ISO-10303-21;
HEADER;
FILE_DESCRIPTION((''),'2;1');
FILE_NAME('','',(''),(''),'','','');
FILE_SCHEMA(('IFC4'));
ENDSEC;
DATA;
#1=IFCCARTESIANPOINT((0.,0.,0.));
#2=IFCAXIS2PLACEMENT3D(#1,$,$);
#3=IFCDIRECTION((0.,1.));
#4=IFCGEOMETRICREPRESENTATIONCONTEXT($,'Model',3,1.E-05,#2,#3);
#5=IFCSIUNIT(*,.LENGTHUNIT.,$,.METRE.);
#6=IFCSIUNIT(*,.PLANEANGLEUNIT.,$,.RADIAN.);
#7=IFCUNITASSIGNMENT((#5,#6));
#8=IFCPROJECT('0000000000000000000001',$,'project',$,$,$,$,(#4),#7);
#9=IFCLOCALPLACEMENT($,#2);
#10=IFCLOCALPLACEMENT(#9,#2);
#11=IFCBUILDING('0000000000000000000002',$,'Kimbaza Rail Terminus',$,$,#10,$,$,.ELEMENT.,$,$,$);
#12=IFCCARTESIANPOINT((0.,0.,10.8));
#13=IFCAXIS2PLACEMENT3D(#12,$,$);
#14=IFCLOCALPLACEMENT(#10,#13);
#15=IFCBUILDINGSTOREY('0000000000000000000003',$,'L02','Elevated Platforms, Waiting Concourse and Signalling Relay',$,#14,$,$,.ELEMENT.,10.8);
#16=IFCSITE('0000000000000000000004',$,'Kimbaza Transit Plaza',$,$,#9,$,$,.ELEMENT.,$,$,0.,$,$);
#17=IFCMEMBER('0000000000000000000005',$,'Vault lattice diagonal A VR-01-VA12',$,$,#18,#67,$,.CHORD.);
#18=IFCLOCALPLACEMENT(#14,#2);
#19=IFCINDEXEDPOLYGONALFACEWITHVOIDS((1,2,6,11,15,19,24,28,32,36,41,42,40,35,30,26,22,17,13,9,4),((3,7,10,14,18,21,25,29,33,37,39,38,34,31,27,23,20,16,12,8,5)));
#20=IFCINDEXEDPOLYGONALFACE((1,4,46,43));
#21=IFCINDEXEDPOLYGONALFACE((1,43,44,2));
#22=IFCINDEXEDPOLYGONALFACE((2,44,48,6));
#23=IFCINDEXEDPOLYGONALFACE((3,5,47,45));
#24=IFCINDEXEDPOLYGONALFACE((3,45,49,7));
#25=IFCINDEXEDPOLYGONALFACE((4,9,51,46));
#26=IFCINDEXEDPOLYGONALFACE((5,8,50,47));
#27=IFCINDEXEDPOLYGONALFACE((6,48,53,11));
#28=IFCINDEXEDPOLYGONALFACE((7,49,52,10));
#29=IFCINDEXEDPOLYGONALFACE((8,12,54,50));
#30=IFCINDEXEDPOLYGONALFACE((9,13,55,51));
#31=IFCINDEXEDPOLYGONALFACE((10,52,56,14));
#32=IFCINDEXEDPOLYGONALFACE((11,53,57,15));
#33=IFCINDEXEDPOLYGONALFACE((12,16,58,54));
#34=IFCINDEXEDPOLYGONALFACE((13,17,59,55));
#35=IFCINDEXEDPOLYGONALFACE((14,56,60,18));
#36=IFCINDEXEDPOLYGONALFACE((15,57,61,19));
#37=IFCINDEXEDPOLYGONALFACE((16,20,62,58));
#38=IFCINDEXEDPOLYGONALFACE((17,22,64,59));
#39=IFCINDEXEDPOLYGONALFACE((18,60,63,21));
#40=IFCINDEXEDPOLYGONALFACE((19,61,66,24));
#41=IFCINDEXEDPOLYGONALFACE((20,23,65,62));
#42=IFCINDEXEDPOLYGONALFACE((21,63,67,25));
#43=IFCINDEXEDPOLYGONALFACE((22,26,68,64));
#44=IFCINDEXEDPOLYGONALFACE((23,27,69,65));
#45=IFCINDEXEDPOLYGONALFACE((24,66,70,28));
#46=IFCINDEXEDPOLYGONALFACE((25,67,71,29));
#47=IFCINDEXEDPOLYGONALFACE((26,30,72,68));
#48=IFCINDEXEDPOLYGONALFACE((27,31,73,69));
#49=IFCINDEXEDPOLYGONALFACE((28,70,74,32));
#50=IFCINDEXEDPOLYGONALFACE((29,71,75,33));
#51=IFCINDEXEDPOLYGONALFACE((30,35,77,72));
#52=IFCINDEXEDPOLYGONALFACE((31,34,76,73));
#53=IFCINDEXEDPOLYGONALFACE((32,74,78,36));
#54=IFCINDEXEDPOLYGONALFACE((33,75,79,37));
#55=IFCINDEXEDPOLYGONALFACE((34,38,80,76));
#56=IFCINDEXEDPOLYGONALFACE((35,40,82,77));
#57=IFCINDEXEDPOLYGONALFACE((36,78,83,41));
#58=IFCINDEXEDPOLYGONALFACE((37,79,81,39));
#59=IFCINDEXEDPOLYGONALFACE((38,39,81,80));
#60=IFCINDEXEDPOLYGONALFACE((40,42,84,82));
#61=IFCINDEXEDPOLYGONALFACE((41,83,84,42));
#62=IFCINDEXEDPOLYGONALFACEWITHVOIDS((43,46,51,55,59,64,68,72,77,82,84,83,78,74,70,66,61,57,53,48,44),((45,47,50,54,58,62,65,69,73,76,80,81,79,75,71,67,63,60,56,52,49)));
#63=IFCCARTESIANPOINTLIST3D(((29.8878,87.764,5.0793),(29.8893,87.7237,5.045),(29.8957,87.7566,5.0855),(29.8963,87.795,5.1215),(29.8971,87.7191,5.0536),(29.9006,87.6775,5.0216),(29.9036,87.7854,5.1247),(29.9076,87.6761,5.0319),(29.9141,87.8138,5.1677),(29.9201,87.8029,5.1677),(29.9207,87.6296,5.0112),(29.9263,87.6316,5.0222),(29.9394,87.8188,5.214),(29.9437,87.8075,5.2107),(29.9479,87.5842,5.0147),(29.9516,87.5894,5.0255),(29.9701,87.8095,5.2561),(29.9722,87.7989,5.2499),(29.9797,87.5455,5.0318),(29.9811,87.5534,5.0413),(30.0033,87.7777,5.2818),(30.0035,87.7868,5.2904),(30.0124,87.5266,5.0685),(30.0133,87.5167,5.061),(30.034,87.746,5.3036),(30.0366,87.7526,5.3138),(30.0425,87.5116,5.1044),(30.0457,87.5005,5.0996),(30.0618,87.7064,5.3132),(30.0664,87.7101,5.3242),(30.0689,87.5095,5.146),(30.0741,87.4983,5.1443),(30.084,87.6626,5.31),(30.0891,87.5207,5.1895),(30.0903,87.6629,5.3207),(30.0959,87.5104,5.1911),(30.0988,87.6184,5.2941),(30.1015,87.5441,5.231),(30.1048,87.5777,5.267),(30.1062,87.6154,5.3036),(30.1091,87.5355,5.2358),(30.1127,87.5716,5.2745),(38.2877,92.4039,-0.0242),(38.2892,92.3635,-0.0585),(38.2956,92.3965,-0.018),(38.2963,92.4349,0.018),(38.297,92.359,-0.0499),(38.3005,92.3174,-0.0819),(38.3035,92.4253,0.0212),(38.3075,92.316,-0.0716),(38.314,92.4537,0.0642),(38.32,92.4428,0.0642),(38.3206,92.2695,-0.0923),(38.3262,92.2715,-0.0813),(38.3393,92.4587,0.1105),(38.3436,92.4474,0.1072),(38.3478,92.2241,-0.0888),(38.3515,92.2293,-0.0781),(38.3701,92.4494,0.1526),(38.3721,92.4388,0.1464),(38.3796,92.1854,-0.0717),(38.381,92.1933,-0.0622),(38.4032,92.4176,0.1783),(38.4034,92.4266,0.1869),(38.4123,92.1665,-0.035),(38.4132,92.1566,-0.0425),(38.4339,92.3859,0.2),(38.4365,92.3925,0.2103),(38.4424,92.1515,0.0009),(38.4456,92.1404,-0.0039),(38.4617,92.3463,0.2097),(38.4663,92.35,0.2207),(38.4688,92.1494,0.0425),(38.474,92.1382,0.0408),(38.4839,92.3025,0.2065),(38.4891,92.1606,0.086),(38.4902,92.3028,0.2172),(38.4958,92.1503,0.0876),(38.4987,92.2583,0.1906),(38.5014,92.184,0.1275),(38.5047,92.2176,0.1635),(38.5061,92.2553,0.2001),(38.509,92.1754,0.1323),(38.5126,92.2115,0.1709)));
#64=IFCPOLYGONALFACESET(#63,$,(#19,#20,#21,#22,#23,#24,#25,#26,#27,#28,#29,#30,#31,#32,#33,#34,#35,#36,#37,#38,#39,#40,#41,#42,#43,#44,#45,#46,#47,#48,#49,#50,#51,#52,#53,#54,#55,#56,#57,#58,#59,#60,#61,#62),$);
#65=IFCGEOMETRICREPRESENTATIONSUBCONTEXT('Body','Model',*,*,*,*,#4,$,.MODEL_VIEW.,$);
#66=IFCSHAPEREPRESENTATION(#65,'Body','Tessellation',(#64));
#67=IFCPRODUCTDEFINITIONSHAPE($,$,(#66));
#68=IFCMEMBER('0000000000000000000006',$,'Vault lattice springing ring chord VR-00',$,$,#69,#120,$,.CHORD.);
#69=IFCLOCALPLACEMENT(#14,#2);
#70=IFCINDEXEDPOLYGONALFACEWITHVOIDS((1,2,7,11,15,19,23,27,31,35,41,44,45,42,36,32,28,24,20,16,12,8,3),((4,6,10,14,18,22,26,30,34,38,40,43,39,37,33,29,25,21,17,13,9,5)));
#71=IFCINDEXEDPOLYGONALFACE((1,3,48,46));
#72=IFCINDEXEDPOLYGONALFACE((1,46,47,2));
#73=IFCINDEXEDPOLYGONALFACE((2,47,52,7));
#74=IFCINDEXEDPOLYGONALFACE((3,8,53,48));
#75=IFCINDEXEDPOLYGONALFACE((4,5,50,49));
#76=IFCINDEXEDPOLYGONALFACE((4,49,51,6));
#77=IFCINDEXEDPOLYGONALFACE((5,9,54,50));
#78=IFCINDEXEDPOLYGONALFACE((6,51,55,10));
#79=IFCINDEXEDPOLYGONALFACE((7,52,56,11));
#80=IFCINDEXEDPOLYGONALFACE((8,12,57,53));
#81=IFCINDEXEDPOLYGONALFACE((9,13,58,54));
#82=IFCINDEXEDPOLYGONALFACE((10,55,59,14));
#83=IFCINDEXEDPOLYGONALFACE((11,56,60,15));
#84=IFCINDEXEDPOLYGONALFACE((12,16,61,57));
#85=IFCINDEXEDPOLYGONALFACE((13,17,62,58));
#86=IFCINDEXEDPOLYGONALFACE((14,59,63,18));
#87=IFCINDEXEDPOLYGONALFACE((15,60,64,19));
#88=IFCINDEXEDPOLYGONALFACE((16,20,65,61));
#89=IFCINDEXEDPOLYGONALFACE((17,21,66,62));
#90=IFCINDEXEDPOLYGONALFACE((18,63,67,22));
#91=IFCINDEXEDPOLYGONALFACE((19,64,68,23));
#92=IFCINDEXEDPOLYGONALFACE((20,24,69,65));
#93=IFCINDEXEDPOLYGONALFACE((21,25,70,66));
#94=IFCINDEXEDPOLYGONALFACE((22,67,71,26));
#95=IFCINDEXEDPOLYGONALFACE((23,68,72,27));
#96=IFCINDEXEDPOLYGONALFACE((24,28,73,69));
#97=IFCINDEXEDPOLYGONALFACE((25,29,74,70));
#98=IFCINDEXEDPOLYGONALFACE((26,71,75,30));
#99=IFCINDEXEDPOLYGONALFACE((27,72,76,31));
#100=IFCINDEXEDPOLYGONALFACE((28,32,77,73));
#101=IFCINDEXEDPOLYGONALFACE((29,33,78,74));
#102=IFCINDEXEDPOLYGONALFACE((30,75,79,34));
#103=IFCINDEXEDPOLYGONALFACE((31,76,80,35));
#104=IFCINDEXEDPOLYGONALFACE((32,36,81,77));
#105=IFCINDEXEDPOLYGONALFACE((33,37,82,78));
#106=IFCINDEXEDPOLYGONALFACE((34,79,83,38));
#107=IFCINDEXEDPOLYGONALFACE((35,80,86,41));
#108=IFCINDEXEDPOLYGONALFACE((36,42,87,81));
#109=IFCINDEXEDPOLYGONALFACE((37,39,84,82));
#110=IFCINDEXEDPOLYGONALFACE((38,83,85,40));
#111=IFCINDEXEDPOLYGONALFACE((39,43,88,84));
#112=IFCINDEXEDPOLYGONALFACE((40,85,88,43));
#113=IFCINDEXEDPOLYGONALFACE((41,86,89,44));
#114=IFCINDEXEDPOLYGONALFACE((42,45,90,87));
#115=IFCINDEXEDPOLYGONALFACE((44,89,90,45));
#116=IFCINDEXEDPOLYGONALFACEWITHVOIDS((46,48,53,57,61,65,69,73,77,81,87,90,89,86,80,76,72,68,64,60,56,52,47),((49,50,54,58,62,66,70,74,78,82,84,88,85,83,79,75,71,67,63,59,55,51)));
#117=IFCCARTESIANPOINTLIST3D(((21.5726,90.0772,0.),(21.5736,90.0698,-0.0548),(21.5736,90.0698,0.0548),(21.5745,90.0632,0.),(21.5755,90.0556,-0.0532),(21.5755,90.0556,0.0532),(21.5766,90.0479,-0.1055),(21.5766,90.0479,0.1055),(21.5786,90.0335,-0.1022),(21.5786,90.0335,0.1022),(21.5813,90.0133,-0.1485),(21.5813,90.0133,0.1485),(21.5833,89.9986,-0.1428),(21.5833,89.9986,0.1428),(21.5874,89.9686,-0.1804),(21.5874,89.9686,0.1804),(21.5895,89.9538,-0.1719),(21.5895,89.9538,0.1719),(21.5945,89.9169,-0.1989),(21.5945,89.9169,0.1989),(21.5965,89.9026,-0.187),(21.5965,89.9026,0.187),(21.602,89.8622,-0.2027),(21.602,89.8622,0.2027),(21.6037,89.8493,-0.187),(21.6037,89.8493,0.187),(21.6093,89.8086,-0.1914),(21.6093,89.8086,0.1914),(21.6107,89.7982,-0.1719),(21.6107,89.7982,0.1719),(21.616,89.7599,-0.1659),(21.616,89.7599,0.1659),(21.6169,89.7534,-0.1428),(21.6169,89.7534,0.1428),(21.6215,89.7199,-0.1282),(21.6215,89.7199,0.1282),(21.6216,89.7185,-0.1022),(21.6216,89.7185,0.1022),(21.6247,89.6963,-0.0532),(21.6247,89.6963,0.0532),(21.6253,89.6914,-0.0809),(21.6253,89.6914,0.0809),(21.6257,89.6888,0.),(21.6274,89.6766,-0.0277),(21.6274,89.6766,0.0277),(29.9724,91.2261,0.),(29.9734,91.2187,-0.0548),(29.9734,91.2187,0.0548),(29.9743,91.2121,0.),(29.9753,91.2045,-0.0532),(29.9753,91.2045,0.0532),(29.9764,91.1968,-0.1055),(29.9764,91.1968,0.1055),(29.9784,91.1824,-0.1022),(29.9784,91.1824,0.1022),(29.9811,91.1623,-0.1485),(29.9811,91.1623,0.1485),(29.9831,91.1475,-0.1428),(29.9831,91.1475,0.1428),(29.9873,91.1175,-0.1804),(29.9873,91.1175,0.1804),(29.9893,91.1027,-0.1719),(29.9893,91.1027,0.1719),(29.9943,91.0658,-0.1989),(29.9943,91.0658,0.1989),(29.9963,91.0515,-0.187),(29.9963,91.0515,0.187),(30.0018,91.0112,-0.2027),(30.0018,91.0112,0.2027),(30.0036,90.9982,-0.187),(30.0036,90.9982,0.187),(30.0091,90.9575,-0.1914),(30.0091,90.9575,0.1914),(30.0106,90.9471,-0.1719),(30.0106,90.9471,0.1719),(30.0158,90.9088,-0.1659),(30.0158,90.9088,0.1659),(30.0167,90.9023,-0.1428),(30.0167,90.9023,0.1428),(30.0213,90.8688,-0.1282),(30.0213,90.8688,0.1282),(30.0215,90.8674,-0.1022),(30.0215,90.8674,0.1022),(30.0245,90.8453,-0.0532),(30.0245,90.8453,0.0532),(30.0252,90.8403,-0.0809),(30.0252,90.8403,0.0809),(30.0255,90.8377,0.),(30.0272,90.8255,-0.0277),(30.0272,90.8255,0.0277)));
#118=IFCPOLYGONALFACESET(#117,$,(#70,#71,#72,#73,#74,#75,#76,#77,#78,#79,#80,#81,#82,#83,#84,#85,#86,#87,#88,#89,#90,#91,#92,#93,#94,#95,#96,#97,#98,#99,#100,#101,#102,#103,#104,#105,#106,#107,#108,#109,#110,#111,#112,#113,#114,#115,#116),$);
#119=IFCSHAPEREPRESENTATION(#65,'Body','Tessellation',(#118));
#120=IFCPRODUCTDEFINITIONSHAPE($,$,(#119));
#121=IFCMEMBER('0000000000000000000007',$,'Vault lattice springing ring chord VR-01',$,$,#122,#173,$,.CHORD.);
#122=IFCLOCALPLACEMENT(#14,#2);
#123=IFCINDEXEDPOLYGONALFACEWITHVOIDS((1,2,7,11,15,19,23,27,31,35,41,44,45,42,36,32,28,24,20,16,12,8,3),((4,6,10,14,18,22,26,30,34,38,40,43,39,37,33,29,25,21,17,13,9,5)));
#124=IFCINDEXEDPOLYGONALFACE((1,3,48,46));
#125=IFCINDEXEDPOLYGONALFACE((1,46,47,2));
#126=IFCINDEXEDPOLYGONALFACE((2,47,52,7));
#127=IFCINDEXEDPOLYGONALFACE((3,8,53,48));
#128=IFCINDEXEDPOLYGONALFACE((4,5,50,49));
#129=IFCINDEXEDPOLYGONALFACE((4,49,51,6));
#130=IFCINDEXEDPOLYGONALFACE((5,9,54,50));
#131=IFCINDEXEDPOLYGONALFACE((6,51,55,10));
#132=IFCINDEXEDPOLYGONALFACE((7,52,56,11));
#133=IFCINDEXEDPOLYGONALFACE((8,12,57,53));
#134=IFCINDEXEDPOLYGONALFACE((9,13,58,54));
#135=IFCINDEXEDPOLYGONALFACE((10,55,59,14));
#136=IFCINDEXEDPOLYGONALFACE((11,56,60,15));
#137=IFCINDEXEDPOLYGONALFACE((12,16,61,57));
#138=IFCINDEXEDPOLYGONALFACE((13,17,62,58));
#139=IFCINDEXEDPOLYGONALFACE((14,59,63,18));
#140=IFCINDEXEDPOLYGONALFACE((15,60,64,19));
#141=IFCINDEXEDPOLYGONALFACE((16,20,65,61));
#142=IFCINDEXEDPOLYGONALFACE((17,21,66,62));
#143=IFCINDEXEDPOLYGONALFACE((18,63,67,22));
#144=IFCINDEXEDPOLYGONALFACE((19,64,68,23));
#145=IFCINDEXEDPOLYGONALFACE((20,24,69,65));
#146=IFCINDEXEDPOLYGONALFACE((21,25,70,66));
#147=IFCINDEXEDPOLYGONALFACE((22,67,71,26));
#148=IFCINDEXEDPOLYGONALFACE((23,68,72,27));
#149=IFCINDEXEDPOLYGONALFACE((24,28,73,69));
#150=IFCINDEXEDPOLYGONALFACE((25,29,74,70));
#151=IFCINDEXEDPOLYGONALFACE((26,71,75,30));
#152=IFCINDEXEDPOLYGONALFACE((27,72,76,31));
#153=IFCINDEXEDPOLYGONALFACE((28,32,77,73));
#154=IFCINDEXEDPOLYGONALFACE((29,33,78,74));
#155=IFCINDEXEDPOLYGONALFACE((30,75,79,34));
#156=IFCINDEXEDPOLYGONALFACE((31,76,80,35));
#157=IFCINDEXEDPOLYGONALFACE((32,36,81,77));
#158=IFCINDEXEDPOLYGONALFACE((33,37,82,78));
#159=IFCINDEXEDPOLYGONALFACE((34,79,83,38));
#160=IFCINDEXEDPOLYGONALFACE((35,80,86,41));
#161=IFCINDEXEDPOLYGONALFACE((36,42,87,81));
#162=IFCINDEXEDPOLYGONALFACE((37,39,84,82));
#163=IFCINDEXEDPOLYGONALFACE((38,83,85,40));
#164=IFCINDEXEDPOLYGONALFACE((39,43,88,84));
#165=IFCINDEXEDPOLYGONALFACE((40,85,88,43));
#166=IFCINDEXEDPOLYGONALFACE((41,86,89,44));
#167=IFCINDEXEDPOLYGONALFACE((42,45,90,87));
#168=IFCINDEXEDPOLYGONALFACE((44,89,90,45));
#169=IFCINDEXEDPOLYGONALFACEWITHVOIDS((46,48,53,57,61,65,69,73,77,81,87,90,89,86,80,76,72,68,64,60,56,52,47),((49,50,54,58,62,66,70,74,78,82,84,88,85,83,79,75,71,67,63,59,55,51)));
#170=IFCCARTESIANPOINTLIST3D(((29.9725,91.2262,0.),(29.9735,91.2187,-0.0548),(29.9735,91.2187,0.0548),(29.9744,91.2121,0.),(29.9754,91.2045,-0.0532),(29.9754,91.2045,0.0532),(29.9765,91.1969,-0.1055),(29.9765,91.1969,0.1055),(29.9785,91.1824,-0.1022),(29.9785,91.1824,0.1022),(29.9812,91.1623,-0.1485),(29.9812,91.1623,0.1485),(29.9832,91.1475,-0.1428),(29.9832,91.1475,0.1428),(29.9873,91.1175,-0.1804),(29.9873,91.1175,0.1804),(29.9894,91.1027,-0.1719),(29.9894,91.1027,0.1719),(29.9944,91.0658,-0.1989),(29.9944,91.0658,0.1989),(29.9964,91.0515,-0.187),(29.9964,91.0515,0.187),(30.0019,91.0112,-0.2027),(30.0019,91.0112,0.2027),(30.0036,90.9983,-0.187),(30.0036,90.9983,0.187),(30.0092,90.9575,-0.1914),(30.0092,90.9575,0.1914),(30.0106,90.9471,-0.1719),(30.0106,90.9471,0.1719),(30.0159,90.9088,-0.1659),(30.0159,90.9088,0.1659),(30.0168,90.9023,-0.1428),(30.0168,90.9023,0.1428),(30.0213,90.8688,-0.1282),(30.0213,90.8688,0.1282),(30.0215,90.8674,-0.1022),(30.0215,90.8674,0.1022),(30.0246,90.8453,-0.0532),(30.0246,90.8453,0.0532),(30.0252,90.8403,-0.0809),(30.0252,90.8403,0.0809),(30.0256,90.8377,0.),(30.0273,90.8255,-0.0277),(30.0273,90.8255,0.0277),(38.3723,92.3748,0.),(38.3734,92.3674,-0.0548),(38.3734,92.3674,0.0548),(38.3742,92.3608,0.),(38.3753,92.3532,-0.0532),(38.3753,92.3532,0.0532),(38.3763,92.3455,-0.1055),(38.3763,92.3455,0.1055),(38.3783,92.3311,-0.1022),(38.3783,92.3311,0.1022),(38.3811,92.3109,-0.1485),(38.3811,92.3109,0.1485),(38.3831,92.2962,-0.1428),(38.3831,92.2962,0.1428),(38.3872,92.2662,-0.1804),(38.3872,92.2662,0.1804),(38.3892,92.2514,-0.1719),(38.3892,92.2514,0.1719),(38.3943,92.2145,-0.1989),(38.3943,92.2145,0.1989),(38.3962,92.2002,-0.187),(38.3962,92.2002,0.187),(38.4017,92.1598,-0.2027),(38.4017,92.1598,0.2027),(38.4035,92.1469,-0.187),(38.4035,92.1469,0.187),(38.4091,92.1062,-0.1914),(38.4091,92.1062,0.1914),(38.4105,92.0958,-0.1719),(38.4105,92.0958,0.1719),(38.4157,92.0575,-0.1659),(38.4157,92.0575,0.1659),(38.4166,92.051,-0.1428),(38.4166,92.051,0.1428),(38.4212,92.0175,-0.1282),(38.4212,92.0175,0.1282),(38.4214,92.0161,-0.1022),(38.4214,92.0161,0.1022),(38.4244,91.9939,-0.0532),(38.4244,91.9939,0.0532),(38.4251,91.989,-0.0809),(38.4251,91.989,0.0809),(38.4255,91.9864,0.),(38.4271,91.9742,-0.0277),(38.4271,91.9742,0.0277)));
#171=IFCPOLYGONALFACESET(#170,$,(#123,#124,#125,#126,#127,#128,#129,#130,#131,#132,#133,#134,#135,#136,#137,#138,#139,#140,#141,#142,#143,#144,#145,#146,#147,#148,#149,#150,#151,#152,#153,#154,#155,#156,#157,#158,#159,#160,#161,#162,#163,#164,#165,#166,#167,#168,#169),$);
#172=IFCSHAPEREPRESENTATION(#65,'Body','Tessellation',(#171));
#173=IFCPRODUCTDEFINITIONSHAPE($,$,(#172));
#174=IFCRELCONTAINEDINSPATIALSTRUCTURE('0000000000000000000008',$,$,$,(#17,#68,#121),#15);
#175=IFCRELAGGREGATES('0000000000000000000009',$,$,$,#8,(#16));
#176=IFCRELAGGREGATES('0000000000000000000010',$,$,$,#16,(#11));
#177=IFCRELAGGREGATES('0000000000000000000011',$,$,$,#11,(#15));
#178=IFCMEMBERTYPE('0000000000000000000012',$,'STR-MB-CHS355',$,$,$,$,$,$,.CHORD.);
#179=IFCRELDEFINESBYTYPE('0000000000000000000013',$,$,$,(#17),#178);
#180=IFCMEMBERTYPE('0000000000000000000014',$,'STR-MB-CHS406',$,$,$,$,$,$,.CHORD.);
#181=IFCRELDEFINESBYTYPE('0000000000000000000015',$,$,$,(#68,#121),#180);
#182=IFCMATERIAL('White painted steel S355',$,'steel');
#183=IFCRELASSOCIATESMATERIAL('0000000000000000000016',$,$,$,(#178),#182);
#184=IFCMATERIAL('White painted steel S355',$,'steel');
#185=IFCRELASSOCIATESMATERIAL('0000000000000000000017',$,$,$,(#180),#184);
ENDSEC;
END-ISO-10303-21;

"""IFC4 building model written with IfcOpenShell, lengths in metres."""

from ifc_helpers import new_model, si_unit, direction, frame, origin, origin_2d, place, context, subcontext, project, spatial, hollow_circle, extrude, material, material_profile, profile_set, type_object, element, save


model = new_model("IFC4")

# Units and contexts
model_context = context("Model", 3, precision=1e-05, world=origin(), true_north=direction((0.0, 1.0)))
body_context = subcontext(model_context, "Body", "Model", "MODEL_VIEW")
ifc_project = project(units=[si_unit("LENGTHUNIT", "METRE"), si_unit("PLANEANGLEUNIT", "RADIAN")], contexts=[model_context])

# Site, building, storey
site_placement = place(None, origin())
site = spatial("IfcSite", under=ifc_project, at=site_placement, Name="Kimbaza Transit Plaza", CompositionType="ELEMENT", RefElevation=0.0)
building_placement = place(site_placement, origin())
building = spatial("IfcBuilding", under=site, at=building_placement, Name="Kimbaza Rail Terminus", CompositionType="ELEMENT")
storey_placement = place(building_placement, frame((0.0, 0.0, 10.8)))
storey = spatial("IfcBuildingStorey", under=building, at=storey_placement, Name="L02", Description="Elevated Platforms, Waiting Concourse and Signalling Relay", CompositionType="ELEMENT", Elevation=10.8)

# Members
ifc_material_1 = material(Name="White painted steel S355", Category="steel")
ifc_material_profile_1 = material_profile(ifc_material_1, hollow_circle(Radius=0.1777, WallThickness=0.0125, at=origin_2d()), Name="CHS 355.6x12.5")
ifc_profile_set_1 = profile_set([ifc_material_profile_1], Name="White painted steel S355")
member_type_1 = type_object("IfcMemberType", Name="STR-MB-CHS355", PredefinedType="CHORD", material=ifc_profile_set_1)
member_1_placement = place(storey_placement, frame((30.0, 87.6582, 5.1677), z_axis=(0.772839, 0.426897, -0.469552), x_axis=(-0.483514, 0.875337, 0.0)))
element("IfcMember", 1, at=member_1_placement, inside=storey, type_object=member_type_1, Name="Vault lattice diagonal A VR-01-VA12", PredefinedType="CHORD", context=body_context, shape_type="SweptSolid", body=[
    extrude(hollow_circle(Radius=0.1777, WallThickness=0.0125, at=origin_2d()), origin(), (0.0, 0.0, 1.0), 10.8689),
])
ifc_material_2 = material(Name="White painted steel S355", Category="steel")
ifc_material_profile_2 = material_profile(ifc_material_2, hollow_circle(Radius=0.2031, WallThickness=0.0142, at=origin_2d()), Name="CHS 406.4x14.2")
ifc_profile_set_2 = profile_set([ifc_material_profile_2], Name="White painted steel S355")
member_type_2 = type_object("IfcMemberType", Name="STR-MB-CHS406", PredefinedType="CHORD", material=ifc_profile_set_2)
for number, where, z_axis, x_axis, name in (
    (2, (21.6001, 89.876, 0.0), (0.990775, 0.135517, 0.0), (-0.135517, 0.990775, 0.0), "Vault lattice springing ring chord VR-00"),
    (3, (30.0, 91.0249, 0.0), (0.990779, 0.135488, 0.0), (-0.135488, 0.990779, 0.0), "Vault lattice springing ring chord VR-01"),
):
    element("IfcMember", number, at=place(storey_placement, frame(where, z_axis=z_axis, x_axis=x_axis)), inside=storey, type_object=member_type_2, Name=name, PredefinedType="CHORD", context=body_context, shape_type="SweptSolid", body=[
        extrude(hollow_circle(Radius=0.2031, WallThickness=0.0142, at=origin_2d()), origin(), (0.0, 0.0, 1.0), 8.478),
    ])

save(model, "model.ifc")
